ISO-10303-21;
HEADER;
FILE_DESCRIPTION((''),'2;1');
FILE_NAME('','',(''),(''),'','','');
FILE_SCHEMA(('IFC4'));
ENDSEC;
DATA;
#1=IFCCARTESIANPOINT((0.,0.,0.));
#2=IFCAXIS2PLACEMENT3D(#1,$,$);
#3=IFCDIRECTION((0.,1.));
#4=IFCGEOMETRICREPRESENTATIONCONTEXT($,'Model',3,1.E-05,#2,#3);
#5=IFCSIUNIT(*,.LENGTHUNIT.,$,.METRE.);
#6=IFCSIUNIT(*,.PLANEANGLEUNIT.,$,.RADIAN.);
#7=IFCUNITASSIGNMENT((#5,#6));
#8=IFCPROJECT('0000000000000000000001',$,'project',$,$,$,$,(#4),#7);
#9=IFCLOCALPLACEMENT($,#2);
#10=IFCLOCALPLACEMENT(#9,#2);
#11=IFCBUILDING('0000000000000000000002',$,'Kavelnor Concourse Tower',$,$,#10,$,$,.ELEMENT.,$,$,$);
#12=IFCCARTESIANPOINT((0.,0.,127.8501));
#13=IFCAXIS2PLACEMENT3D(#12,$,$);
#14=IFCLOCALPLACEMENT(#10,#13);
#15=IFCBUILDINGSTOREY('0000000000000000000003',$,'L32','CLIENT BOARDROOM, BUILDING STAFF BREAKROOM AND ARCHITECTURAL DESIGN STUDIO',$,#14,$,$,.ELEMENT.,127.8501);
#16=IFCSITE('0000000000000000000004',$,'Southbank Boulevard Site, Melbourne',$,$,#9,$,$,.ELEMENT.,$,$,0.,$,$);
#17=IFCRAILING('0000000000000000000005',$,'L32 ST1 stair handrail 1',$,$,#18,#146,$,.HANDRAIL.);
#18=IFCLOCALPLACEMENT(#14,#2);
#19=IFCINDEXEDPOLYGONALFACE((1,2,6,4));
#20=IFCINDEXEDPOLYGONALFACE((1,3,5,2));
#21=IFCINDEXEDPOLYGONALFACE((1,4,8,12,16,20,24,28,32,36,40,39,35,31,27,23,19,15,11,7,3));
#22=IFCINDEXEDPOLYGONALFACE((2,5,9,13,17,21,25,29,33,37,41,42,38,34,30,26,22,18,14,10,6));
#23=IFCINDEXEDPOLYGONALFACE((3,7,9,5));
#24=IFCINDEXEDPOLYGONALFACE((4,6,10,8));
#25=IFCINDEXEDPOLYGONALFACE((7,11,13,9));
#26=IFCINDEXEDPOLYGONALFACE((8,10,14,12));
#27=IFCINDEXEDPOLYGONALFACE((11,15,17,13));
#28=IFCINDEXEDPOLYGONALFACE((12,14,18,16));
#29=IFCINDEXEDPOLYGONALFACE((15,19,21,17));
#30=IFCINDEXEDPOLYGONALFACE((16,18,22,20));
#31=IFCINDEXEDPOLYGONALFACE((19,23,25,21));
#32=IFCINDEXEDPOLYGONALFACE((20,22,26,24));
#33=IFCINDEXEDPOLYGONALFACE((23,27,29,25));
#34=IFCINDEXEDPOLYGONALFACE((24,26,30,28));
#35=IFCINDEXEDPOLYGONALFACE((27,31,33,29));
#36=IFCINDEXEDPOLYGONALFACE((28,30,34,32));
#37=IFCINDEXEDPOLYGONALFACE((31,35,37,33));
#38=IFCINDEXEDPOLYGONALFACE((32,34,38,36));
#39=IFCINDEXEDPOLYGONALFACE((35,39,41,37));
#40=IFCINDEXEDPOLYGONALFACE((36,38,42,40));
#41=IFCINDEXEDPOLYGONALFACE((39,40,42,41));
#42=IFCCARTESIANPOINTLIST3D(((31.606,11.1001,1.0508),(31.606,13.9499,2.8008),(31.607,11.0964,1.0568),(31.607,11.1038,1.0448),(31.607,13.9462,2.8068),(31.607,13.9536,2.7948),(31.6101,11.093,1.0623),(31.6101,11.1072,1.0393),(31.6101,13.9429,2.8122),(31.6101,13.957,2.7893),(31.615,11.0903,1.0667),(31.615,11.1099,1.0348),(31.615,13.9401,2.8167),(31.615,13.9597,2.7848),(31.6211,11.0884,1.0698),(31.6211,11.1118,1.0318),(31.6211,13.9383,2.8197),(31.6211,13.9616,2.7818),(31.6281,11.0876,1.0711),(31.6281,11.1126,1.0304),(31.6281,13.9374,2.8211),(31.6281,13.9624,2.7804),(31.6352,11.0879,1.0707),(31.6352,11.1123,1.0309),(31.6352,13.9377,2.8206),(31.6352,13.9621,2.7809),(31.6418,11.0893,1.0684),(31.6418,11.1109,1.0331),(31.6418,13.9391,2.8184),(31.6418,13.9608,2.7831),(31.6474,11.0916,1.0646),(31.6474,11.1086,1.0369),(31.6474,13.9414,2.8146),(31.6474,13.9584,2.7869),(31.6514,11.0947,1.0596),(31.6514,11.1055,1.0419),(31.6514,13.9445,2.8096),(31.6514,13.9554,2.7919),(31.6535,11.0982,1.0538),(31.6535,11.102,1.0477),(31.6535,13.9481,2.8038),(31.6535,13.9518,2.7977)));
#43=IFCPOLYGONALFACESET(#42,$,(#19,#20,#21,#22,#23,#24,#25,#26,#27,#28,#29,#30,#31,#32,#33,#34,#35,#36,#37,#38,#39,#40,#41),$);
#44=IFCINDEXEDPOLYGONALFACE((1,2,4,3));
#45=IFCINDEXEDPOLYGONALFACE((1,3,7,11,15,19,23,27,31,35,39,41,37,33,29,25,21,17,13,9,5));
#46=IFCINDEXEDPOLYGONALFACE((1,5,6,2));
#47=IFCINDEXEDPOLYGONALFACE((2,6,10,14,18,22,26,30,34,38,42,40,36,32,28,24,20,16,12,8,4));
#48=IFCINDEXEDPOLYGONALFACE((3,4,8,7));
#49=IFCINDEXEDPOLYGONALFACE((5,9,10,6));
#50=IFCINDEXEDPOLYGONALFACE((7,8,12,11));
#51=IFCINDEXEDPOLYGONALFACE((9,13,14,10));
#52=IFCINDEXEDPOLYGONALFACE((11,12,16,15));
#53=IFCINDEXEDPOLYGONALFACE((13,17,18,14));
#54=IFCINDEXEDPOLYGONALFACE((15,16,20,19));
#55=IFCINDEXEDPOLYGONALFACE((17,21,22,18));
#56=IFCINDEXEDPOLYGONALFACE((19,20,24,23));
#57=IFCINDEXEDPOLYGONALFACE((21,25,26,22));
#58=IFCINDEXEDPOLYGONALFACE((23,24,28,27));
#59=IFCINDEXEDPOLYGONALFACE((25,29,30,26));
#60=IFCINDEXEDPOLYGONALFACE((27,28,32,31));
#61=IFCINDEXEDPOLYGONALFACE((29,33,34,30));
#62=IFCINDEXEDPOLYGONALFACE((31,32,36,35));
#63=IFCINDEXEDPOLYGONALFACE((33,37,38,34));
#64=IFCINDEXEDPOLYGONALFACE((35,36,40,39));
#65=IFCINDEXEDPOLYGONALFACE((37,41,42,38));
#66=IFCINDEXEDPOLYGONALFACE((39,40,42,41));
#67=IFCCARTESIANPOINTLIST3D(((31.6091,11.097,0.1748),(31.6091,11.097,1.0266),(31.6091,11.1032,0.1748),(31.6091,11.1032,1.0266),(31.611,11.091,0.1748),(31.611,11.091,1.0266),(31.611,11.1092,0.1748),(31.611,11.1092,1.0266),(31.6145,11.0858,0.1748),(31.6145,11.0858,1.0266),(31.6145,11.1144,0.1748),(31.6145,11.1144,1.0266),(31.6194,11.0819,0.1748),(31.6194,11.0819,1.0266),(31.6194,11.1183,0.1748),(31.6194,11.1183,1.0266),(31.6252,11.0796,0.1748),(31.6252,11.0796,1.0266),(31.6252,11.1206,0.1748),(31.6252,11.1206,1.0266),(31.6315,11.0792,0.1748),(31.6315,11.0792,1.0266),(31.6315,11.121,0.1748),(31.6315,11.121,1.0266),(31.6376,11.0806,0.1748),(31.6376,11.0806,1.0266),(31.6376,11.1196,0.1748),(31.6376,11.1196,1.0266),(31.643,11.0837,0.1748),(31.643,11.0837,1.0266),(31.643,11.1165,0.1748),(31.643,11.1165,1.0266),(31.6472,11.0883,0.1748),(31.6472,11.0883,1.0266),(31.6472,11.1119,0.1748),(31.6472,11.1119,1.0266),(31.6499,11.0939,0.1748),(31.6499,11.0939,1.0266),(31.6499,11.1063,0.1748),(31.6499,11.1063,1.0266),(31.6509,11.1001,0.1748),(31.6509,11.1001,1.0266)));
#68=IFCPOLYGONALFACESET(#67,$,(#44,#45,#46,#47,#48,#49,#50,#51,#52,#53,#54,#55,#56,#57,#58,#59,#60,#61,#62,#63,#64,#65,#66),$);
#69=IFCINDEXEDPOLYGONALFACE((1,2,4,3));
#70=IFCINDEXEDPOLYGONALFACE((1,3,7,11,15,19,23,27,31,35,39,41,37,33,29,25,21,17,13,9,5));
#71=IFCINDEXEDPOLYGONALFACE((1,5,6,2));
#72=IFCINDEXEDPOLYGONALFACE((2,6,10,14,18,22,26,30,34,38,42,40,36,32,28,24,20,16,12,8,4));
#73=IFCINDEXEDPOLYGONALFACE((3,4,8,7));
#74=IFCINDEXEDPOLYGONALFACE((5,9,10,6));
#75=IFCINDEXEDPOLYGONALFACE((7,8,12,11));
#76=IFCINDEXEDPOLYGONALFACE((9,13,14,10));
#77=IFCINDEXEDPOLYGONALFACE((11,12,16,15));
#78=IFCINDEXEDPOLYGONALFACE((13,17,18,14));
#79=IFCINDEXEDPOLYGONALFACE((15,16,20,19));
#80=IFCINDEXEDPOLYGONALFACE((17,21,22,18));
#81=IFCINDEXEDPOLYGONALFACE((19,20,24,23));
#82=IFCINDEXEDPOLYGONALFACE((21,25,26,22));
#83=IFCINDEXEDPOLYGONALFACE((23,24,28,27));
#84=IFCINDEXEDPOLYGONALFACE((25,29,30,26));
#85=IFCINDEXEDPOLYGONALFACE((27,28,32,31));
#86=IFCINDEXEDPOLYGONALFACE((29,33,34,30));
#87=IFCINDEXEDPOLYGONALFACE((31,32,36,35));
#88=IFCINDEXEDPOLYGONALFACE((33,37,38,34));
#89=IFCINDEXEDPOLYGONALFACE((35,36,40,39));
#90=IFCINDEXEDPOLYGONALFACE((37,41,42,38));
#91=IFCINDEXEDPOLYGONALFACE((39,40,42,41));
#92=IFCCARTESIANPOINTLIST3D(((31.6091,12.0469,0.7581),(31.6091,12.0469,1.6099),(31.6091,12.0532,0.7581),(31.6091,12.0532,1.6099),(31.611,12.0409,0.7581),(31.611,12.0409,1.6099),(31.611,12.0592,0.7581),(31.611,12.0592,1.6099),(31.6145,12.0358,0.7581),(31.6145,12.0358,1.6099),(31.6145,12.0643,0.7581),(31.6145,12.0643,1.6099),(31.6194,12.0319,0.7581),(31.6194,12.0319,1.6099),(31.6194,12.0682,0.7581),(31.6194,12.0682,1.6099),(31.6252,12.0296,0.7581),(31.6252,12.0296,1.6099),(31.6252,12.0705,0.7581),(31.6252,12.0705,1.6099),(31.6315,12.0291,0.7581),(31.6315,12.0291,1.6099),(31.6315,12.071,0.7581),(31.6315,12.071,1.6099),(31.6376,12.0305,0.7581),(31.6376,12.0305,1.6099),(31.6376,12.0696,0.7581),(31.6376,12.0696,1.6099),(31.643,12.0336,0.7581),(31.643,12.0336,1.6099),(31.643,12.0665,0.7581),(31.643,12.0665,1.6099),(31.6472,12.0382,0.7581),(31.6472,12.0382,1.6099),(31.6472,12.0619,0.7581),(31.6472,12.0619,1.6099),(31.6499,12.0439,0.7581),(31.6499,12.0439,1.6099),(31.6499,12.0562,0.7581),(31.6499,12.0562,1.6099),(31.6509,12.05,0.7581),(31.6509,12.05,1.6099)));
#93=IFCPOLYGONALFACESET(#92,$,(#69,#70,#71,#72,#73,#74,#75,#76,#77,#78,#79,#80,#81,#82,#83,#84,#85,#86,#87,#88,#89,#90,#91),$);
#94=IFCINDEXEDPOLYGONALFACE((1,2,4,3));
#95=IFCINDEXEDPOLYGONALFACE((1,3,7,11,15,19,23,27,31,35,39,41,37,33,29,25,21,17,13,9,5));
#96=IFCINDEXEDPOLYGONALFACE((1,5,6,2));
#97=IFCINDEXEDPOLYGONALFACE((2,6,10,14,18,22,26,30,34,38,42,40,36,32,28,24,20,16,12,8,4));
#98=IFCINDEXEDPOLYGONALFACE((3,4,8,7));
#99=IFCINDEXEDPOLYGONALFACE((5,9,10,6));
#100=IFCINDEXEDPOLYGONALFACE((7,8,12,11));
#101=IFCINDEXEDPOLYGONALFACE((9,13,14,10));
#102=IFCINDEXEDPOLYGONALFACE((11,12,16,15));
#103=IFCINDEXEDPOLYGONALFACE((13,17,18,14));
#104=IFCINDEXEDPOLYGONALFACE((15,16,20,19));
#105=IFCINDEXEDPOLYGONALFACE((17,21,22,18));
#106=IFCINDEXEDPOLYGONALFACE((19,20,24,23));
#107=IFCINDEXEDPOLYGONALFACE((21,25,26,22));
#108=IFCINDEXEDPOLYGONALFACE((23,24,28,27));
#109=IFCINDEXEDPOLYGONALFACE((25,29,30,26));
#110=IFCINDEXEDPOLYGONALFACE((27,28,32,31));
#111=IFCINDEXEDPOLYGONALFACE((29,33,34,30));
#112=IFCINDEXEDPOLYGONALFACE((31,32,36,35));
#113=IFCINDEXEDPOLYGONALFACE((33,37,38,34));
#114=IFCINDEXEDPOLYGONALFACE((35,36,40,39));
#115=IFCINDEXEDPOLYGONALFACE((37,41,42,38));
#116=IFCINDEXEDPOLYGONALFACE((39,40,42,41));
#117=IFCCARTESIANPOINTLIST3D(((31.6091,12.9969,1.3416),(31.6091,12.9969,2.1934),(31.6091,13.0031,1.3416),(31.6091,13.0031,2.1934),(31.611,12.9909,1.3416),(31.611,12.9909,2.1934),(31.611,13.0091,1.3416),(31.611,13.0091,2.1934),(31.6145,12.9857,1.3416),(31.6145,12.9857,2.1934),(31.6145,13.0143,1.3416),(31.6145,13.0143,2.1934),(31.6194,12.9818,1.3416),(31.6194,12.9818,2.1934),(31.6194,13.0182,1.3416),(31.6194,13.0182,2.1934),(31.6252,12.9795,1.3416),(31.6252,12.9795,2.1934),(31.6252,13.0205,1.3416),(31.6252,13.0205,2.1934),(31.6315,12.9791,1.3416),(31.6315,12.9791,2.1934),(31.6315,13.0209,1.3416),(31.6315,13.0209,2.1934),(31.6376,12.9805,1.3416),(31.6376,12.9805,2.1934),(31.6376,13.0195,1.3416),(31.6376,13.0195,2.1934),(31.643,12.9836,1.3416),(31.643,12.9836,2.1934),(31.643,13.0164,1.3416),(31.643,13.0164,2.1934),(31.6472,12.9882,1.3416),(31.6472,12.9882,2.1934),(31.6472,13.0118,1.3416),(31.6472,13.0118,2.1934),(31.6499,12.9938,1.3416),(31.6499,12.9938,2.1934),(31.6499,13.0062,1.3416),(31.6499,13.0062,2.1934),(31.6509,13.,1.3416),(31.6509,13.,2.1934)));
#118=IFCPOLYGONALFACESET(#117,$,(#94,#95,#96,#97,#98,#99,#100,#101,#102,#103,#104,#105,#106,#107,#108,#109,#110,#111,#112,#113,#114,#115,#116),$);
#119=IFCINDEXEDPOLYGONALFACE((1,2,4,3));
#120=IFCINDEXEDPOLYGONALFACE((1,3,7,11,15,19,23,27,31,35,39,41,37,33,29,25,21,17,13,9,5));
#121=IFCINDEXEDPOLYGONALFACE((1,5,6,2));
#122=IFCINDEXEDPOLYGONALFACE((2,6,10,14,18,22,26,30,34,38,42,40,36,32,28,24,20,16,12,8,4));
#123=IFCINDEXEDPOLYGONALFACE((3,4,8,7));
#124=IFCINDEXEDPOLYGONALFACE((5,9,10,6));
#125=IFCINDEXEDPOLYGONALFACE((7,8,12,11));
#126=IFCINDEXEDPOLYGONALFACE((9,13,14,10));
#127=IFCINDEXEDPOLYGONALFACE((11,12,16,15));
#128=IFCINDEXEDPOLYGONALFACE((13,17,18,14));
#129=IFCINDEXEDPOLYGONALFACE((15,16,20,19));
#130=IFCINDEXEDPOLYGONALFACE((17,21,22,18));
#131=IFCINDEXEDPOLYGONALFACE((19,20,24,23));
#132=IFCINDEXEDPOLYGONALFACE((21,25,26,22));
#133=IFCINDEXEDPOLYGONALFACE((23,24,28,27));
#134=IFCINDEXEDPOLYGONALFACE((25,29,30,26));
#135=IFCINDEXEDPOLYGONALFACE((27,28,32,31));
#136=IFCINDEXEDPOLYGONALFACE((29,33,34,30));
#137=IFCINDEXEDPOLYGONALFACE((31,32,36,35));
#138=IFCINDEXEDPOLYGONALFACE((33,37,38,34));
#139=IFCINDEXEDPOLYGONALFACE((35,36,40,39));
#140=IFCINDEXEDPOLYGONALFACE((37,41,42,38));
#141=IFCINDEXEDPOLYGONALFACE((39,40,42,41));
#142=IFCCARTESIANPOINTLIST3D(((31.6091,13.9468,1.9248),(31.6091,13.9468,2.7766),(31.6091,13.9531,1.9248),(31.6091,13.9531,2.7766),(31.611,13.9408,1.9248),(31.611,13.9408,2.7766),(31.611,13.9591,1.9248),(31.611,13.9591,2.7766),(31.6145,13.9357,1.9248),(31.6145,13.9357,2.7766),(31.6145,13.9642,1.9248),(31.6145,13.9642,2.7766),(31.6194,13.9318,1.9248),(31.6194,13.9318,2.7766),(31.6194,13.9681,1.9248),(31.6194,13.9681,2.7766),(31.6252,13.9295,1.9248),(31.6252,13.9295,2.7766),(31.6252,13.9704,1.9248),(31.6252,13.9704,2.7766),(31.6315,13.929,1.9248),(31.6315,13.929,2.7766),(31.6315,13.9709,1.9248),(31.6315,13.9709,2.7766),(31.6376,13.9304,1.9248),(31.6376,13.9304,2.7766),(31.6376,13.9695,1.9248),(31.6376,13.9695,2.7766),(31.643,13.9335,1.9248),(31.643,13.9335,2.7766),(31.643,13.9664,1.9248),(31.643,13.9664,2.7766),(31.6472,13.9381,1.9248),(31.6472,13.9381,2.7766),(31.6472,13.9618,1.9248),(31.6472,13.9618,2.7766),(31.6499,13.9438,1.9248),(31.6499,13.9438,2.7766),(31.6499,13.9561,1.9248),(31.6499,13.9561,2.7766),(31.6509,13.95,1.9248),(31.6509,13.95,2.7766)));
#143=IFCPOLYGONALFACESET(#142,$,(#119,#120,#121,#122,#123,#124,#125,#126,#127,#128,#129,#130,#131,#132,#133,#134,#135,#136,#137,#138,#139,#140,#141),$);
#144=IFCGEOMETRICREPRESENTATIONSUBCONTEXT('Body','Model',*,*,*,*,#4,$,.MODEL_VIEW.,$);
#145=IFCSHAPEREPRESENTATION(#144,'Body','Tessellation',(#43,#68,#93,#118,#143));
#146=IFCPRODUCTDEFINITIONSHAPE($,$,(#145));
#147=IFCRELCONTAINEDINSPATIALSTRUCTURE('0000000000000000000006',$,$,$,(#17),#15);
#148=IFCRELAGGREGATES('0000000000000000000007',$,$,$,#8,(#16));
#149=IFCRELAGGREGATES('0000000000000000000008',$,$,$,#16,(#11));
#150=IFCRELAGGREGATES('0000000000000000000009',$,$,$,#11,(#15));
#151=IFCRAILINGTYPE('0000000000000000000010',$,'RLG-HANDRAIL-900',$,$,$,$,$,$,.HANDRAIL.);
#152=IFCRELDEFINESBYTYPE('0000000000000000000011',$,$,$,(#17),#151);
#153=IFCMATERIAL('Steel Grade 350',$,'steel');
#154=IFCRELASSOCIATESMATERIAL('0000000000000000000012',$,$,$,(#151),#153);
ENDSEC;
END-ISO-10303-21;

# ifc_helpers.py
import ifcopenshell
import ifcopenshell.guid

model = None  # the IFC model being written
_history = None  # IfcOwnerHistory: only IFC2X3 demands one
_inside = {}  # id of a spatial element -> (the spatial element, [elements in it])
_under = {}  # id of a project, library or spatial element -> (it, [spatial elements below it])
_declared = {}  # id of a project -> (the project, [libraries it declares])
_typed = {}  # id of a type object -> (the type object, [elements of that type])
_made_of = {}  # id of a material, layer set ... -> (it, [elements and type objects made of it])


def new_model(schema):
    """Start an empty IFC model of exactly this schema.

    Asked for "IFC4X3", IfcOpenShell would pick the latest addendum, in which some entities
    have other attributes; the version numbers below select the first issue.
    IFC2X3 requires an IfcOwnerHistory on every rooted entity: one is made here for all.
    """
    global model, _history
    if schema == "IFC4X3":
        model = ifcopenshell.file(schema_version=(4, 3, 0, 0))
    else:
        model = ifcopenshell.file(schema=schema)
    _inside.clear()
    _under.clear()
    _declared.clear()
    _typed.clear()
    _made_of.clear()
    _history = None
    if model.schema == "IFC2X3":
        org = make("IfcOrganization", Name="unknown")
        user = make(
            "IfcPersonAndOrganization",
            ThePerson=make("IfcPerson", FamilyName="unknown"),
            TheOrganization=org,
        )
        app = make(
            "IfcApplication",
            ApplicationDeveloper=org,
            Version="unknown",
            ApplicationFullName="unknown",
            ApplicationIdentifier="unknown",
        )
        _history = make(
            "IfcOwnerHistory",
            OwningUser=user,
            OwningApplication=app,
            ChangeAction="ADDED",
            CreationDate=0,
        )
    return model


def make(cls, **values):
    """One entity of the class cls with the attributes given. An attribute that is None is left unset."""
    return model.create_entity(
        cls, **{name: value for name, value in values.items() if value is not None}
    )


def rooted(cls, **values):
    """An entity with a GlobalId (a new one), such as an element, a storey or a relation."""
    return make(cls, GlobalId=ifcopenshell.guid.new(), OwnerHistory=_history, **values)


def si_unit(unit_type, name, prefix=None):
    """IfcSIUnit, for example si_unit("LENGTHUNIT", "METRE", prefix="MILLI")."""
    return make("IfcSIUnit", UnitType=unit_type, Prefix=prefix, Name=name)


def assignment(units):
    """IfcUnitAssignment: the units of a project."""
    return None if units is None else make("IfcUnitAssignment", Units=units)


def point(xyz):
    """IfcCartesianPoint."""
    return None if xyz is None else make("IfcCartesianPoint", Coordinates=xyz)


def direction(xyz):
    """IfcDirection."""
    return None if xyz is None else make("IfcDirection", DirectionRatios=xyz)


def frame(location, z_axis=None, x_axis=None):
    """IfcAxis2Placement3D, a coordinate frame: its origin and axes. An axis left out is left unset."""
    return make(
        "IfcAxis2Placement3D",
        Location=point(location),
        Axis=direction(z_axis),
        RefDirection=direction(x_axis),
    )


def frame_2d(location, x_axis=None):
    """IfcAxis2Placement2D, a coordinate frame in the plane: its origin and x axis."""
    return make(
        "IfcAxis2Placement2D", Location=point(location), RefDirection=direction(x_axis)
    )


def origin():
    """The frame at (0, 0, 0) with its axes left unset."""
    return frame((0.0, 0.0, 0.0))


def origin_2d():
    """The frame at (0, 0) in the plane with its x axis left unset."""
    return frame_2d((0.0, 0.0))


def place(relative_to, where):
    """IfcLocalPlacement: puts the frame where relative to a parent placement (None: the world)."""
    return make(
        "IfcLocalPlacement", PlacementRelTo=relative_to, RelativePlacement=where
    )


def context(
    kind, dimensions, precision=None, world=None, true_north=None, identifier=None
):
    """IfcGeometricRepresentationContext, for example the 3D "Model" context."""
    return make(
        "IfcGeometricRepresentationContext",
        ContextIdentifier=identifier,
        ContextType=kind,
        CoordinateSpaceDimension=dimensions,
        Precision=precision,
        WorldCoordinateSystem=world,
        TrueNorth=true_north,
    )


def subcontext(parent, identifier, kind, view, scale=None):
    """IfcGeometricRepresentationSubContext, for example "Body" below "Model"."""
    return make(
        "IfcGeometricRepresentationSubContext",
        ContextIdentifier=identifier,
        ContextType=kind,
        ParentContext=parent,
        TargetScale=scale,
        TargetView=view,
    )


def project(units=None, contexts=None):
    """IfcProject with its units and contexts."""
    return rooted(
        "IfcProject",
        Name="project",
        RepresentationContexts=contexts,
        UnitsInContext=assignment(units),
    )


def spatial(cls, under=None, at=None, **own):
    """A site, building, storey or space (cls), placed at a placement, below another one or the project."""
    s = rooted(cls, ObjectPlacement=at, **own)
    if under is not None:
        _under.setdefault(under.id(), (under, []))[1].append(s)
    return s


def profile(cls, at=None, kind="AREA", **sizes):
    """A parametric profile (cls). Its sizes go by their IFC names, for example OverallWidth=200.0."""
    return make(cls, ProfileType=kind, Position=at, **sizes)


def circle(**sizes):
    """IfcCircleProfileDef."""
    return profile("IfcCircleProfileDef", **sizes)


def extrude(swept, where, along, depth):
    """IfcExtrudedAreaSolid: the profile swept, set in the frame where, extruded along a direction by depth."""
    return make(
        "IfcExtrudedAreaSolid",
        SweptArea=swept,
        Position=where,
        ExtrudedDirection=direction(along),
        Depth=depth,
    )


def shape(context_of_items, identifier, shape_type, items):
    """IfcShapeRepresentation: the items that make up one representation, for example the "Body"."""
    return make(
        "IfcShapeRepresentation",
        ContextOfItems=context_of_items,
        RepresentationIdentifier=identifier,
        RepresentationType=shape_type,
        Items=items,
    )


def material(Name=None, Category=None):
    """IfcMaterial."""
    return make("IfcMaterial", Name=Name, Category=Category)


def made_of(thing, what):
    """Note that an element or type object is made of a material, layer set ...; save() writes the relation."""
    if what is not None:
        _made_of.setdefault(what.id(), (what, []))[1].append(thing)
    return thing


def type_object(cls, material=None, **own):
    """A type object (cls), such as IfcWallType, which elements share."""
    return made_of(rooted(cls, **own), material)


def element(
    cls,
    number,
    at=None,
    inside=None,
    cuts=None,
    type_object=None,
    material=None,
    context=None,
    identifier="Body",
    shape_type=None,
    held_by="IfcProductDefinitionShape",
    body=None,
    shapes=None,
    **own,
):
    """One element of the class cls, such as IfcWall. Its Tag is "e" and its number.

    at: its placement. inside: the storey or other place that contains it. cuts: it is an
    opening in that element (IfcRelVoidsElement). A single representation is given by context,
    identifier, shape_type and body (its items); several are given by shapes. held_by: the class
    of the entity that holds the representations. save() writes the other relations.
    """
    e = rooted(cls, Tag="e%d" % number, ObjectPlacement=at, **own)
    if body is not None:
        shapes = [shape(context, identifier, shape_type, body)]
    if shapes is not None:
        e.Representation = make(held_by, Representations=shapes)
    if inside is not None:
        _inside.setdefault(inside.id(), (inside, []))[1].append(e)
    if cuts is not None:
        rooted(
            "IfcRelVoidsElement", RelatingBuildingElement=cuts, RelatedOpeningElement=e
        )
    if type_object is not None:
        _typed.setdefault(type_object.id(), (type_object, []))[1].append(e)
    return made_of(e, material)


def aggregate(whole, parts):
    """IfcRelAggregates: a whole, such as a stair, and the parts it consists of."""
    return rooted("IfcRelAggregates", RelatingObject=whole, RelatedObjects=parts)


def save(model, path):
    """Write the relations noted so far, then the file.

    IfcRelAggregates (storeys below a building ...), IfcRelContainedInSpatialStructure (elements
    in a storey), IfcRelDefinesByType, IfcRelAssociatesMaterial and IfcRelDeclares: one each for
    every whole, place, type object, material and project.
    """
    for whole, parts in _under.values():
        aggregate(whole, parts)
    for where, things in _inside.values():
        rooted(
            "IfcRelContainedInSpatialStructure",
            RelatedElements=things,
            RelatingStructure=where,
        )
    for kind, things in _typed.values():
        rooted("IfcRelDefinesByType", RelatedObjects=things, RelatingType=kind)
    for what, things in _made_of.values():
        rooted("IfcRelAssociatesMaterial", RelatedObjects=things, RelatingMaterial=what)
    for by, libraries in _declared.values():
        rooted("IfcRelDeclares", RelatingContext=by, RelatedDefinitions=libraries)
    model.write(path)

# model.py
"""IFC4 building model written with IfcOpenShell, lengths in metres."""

from ifc_helpers import new_model, si_unit, direction, frame, origin, origin_2d, place, context, subcontext, project, spatial, circle, extrude, material, type_object, element, save


model = new_model("IFC4")

# Units and contexts
model_context = context("Model", 3, precision=1e-05, world=origin(), true_north=direction((0.0, 1.0)))
body_context = subcontext(model_context, "Body", "Model", "MODEL_VIEW")
ifc_project = project(units=[si_unit("LENGTHUNIT", "METRE"), si_unit("PLANEANGLEUNIT", "RADIAN")], contexts=[model_context])

# Site, building, storey
site_placement = place(None, origin())
site = spatial("IfcSite", under=ifc_project, at=site_placement, Name="Southbank Boulevard Site, Melbourne", CompositionType="ELEMENT", RefElevation=0.0)
building_placement = place(site_placement, origin())
building = spatial("IfcBuilding", under=site, at=building_placement, Name="Kavelnor Concourse Tower", CompositionType="ELEMENT")
storey_placement = place(building_placement, frame((0.0, 0.0, 127.8501)))
storey = spatial("IfcBuildingStorey", under=building, at=storey_placement, Name="L32", Description="CLIENT BOARDROOM, BUILDING STAFF BREAKROOM AND ARCHITECTURAL DESIGN STUDIO", CompositionType="ELEMENT", Elevation=127.8501)

# Shared definitions
ifc_material_1 = material(Name="Steel Grade 350", Category="steel")

# Railing
railing_type_1 = type_object("IfcRailingType", Name="RLG-HANDRAIL-900", PredefinedType="HANDRAIL", material=ifc_material_1)
railing_1_placement = place(storey_placement, frame((31.6299, 11.1001, 0.1748)))
element("IfcRailing", 1, at=railing_1_placement, inside=storey, type_object=railing_type_1, Name="L32 ST1 stair handrail 1", PredefinedType="HANDRAIL", context=body_context, shape_type="SweptSolid", body=[
    extrude(circle(Radius=0.0239, at=origin_2d()), frame((0.0, 0.0, 0.876), z_axis=(0.0, 0.852159, 0.523283), x_axis=(-1.0, 0.0, 0.0)), (0.0, 0.0, 1.0), 3.3442),
    extrude(circle(Radius=0.021, at=origin_2d()), origin(), (0.0, 0.0, 1.0), 0.8518),
    extrude(circle(Radius=0.021, at=origin_2d()), frame((0.0, 0.95, 0.5833)), (0.0, 0.0, 1.0), 0.8518),
    extrude(circle(Radius=0.021, at=origin_2d()), frame((0.0, 1.8999, 1.1667)), (0.0, 0.0, 1.0), 0.8518),
    extrude(circle(Radius=0.021, at=origin_2d()), frame((0.0, 2.8499, 1.75)), (0.0, 0.0, 1.0), 0.8518),
])

save(model, "model.ifc")
